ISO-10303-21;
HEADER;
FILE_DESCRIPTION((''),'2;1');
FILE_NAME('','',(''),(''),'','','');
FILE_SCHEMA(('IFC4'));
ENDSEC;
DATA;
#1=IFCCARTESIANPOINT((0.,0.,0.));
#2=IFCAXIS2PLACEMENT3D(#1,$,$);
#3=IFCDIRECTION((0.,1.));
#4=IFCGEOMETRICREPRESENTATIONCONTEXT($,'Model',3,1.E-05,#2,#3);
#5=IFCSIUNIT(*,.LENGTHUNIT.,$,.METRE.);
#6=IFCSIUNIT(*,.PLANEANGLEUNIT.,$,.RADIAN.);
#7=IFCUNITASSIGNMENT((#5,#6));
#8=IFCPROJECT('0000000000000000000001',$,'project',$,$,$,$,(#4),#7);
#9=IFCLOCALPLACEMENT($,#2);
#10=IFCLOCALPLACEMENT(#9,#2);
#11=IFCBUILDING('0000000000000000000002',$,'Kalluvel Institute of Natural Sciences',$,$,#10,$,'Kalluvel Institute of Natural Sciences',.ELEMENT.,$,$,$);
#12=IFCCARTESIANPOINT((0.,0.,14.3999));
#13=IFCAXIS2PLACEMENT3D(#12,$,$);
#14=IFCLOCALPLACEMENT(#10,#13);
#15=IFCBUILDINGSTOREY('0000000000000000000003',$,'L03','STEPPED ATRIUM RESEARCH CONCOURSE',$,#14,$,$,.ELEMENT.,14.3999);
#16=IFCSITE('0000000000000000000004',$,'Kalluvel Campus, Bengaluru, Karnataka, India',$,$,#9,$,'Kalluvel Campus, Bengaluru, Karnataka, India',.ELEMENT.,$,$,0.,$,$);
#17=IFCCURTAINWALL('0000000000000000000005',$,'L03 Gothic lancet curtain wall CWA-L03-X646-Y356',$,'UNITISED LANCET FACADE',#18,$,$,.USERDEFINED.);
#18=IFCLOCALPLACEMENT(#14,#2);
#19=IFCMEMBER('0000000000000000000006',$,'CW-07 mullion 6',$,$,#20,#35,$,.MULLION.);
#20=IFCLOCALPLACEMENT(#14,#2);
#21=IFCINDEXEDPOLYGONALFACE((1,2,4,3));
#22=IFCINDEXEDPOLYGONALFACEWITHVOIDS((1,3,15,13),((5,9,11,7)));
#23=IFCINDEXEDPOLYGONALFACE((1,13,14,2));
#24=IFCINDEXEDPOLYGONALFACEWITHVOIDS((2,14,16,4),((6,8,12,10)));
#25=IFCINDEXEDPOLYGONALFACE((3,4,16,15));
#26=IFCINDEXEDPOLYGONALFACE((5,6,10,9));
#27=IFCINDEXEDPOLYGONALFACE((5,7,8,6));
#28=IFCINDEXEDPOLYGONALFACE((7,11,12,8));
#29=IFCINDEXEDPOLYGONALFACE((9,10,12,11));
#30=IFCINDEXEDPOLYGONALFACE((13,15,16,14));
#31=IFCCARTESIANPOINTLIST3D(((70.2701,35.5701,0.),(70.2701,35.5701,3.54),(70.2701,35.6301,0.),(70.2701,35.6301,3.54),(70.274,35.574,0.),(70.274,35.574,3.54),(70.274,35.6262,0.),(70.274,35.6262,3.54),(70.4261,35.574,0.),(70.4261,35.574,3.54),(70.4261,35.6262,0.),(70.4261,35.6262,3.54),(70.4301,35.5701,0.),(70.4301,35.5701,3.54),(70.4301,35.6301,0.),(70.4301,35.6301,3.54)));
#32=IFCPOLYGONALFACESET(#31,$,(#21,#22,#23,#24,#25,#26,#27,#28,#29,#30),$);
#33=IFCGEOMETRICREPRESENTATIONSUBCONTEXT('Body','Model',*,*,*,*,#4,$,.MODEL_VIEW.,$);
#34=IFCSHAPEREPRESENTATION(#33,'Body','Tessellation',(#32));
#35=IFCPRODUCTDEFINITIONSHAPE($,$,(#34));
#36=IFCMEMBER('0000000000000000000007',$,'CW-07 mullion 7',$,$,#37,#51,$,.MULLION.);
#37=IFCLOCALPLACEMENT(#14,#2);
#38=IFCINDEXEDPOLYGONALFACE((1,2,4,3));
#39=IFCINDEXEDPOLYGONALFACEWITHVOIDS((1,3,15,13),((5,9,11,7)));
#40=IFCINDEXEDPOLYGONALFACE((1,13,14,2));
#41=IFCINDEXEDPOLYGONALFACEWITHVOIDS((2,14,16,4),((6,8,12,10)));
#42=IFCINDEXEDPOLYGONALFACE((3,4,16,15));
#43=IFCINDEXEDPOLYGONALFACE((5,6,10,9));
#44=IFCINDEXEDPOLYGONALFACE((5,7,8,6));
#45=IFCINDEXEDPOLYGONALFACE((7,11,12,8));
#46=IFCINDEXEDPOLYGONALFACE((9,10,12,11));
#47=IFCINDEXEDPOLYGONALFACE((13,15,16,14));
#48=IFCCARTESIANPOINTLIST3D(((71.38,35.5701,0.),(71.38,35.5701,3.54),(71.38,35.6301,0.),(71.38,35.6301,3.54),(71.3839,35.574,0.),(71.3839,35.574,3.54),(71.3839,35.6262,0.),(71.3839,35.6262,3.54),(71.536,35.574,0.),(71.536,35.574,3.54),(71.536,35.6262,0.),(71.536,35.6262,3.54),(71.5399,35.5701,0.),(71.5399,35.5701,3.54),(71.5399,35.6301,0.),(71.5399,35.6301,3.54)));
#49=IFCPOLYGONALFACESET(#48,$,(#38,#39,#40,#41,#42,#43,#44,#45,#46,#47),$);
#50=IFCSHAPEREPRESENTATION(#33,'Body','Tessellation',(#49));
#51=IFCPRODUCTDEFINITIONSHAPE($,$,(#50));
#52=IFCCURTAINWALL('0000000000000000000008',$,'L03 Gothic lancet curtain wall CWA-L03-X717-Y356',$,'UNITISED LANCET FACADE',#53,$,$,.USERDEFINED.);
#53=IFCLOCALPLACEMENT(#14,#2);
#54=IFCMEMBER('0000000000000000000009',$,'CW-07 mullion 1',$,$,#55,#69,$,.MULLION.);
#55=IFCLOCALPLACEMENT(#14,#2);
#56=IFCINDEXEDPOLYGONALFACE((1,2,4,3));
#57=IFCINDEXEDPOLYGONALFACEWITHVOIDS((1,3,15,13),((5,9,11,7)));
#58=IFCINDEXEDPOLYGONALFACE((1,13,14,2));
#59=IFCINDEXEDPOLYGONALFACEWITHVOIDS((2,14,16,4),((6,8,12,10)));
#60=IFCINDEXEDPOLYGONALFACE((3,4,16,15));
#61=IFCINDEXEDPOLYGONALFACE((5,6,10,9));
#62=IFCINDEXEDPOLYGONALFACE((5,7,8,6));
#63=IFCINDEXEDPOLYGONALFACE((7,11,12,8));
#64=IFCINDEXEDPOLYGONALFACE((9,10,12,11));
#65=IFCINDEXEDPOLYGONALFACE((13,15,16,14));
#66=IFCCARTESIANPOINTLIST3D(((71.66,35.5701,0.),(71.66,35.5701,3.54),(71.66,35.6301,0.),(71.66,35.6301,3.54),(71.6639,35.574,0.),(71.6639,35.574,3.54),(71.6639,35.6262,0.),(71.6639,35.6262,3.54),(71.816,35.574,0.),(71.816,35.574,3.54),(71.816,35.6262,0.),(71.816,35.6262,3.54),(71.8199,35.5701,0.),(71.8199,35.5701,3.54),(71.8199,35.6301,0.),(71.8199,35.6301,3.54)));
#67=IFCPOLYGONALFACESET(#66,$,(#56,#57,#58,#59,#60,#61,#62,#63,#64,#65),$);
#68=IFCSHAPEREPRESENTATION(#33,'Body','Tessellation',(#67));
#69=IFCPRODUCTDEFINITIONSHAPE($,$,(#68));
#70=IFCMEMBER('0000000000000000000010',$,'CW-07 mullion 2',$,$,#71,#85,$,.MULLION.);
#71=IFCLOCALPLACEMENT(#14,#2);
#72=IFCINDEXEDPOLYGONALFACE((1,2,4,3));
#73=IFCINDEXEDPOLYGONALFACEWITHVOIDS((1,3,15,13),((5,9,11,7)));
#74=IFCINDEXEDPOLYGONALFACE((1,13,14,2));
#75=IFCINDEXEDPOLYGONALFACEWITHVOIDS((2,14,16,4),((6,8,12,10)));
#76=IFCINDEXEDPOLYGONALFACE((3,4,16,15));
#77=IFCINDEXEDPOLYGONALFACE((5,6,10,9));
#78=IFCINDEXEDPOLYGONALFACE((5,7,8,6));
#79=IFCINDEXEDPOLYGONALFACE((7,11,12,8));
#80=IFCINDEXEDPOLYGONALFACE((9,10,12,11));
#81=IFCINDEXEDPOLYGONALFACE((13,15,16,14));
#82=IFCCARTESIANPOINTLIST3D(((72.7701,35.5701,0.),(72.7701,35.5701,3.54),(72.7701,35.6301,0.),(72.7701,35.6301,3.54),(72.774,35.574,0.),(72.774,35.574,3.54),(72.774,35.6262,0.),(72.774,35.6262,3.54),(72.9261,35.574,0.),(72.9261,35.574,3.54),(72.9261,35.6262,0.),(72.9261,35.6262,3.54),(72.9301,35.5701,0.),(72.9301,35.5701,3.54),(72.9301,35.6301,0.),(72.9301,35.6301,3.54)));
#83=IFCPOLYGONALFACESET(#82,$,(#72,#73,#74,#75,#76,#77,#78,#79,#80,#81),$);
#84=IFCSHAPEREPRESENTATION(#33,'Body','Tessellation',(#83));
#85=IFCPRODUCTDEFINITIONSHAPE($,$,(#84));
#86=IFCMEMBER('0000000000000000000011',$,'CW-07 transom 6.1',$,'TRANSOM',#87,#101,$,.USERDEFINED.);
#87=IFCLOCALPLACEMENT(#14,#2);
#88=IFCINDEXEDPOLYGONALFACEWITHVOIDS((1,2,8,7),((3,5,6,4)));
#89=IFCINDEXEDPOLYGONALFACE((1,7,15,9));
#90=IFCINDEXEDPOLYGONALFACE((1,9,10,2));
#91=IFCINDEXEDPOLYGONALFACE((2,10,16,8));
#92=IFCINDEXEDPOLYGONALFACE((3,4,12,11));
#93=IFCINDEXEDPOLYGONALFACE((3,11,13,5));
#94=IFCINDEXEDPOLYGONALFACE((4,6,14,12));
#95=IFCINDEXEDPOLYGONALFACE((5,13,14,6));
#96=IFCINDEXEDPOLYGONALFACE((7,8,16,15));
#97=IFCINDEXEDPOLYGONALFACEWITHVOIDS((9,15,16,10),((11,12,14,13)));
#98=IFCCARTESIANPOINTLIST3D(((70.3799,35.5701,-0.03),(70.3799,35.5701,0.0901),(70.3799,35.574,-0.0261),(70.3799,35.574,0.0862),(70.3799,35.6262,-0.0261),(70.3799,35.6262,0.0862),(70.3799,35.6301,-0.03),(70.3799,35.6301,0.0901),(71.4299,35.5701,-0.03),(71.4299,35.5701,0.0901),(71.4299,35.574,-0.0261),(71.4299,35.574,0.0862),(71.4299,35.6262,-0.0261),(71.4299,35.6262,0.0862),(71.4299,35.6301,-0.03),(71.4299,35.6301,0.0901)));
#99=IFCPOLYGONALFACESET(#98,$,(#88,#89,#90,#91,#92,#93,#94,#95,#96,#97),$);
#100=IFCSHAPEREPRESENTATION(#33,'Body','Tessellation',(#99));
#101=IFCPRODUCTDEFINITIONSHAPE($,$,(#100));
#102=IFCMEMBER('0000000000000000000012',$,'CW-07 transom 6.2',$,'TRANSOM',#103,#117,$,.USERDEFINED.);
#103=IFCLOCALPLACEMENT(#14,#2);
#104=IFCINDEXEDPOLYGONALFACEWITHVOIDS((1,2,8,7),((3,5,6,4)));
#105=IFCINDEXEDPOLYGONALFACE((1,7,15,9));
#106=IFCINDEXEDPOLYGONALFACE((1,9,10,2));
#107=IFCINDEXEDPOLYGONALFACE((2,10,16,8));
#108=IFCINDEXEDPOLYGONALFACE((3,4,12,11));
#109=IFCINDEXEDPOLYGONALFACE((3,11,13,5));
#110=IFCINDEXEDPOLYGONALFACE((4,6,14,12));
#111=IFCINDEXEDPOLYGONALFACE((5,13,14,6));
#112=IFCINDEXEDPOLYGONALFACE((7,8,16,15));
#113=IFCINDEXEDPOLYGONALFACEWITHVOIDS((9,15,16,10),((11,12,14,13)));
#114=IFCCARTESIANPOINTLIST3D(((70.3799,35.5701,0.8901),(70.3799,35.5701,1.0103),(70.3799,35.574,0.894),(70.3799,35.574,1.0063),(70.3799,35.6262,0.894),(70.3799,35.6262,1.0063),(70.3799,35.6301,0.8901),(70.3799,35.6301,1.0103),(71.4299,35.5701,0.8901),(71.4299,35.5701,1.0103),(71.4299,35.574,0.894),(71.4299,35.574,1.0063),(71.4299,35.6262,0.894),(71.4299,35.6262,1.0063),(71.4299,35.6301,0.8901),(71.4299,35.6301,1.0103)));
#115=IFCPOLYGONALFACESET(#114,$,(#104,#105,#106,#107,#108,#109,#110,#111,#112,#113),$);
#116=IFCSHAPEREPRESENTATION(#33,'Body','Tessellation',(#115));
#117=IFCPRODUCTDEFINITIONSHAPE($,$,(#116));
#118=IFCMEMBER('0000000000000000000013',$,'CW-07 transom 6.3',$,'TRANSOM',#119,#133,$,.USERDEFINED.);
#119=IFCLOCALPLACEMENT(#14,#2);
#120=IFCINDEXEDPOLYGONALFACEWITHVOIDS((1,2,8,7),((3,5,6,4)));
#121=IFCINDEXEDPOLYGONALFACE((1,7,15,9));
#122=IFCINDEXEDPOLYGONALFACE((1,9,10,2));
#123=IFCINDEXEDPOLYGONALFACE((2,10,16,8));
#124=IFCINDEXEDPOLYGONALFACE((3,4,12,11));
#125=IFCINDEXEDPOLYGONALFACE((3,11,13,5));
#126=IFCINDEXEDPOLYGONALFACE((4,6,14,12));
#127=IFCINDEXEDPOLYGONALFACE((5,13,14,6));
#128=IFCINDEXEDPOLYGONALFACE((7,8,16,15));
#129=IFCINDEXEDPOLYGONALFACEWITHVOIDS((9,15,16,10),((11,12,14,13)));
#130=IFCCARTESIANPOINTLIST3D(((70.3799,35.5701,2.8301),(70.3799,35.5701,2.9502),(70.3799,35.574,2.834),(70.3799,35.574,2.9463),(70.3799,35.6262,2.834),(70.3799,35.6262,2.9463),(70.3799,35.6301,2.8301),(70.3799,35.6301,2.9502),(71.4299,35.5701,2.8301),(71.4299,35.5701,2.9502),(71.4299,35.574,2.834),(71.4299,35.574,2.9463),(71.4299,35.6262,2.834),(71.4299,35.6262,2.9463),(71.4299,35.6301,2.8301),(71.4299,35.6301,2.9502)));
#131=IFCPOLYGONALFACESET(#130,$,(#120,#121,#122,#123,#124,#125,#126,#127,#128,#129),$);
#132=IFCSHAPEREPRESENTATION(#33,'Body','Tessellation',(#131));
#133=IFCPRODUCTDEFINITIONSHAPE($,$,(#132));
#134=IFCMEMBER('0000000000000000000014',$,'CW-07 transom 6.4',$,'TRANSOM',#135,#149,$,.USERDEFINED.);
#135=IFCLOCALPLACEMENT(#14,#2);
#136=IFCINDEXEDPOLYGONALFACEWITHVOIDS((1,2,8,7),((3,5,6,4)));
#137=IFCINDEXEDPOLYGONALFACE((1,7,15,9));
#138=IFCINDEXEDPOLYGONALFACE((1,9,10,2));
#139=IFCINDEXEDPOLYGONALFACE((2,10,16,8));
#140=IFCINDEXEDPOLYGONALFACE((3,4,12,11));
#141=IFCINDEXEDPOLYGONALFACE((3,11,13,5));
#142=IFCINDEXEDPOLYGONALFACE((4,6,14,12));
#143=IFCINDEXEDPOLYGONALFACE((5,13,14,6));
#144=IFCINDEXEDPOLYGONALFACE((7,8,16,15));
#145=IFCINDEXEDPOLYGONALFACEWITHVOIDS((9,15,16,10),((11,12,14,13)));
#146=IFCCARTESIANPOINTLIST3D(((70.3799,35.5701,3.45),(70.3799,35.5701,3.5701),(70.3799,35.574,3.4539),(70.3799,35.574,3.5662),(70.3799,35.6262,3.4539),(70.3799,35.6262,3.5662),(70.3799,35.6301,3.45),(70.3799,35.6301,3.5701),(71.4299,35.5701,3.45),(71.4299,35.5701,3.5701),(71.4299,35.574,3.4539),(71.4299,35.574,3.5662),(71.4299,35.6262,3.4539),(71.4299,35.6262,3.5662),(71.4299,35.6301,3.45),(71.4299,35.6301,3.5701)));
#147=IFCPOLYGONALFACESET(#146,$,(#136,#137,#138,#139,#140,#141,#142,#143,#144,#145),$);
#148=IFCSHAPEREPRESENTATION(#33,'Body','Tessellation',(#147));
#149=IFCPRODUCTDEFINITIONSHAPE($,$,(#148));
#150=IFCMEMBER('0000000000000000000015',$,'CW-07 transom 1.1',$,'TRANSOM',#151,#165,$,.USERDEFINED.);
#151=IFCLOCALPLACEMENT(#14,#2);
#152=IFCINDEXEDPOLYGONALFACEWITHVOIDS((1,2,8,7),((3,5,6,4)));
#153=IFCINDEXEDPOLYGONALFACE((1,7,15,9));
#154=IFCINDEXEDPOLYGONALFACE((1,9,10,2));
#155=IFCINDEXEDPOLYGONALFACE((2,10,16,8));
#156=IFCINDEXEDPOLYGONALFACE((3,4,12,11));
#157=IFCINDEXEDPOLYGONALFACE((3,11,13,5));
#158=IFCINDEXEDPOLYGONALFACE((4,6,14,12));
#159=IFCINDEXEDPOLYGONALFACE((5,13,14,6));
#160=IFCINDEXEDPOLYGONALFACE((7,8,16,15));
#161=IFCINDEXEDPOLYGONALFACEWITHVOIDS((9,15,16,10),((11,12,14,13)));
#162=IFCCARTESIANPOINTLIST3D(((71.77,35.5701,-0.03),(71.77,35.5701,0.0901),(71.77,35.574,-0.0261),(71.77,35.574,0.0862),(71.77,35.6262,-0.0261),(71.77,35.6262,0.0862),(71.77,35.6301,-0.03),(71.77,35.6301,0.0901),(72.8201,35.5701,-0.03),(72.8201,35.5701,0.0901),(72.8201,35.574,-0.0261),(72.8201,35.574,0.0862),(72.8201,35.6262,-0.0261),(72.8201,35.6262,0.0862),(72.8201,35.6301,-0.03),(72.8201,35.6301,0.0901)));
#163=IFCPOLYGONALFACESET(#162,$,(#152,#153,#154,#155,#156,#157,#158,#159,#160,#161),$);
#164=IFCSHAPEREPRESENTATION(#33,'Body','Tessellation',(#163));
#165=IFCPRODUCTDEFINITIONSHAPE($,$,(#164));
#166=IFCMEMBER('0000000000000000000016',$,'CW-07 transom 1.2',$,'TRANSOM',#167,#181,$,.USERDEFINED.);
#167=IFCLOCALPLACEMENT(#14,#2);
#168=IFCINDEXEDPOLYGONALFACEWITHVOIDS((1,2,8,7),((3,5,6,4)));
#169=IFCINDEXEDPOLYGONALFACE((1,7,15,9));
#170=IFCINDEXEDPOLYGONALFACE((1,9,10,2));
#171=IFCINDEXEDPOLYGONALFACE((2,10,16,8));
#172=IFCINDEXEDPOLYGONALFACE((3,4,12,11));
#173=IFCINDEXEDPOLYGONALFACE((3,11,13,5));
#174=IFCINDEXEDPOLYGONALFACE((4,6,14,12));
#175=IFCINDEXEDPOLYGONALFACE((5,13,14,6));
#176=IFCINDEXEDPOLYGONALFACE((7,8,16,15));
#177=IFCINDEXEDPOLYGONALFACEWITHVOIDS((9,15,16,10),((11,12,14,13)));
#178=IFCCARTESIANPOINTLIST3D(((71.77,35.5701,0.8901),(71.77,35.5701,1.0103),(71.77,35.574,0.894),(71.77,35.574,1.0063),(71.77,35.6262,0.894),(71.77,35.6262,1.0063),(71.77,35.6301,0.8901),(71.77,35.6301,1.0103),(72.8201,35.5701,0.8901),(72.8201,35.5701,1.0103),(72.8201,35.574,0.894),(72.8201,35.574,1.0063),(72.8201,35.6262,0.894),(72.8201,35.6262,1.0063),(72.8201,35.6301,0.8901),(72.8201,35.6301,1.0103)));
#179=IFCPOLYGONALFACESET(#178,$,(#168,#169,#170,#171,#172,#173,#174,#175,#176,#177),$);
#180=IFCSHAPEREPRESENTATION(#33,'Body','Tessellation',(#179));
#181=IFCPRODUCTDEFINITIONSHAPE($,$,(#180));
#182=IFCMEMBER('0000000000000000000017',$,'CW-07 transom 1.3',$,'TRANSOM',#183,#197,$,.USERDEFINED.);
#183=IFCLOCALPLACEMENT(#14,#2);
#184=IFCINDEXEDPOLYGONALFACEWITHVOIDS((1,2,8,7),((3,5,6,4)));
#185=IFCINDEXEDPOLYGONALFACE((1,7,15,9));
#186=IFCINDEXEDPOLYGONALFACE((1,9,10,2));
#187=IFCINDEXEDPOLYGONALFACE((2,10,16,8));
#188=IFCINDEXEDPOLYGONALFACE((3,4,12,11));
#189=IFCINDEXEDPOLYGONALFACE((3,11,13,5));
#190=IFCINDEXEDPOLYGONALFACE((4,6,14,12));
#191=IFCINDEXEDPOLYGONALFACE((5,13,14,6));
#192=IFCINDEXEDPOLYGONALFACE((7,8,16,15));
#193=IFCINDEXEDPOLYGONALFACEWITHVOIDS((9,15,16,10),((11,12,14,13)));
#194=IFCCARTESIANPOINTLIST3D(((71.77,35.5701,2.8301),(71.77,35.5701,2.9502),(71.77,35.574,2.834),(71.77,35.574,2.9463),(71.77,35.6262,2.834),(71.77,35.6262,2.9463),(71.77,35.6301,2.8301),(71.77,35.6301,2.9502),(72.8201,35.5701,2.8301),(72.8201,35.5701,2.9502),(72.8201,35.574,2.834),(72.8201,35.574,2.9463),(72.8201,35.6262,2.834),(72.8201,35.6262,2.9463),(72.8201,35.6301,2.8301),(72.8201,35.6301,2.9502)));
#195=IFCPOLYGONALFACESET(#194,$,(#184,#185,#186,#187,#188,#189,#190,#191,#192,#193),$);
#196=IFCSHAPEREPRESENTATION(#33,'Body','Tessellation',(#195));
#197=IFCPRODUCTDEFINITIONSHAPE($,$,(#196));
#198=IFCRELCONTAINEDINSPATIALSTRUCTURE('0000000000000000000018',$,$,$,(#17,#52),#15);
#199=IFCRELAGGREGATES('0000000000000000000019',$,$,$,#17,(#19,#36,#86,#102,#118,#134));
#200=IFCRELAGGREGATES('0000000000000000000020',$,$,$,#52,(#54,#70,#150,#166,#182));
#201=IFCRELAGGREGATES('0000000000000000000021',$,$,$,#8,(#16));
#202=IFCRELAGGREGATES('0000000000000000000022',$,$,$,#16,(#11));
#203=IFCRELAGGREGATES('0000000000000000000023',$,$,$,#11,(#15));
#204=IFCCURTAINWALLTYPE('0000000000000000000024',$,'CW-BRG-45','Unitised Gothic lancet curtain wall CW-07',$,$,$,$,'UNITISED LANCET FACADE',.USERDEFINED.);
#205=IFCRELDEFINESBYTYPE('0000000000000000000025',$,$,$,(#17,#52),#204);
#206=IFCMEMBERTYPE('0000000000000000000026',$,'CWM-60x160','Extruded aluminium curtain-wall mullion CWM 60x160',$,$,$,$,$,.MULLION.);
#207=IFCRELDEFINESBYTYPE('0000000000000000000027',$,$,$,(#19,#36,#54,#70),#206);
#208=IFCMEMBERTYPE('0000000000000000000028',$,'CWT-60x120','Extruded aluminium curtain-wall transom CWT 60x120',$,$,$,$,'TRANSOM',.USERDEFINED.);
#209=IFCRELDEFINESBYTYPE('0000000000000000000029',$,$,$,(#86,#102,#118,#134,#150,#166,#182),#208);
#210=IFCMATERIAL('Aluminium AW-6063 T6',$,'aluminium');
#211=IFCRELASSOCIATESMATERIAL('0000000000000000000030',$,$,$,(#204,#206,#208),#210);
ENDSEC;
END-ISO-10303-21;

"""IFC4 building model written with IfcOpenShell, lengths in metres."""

from ifc_helpers import new_model, si_unit, direction, frame, origin, origin_2d, place, context, subcontext, project, spatial, hollow_rectangle, extrude, material, material_profile, profile_set, type_object, element, aggregate, save


model = new_model("IFC4")

# Units and contexts
model_context = context("Model", 3, precision=1e-05, world=origin(), true_north=direction((0.0, 1.0)))
body_context = subcontext(model_context, "Body", "Model", "MODEL_VIEW")
ifc_project = project(units=[si_unit("LENGTHUNIT", "METRE"), si_unit("PLANEANGLEUNIT", "RADIAN")], contexts=[model_context])

# Site, building, storey
site_placement = place(None, origin())
site = spatial("IfcSite", under=ifc_project, at=site_placement, Name="Kalluvel Campus, Bengaluru, Karnataka, India", LongName="Kalluvel Campus, Bengaluru, Karnataka, India", CompositionType="ELEMENT", RefElevation=0.0)
building_placement = place(site_placement, origin())
building = spatial("IfcBuilding", under=site, at=building_placement, Name="Kalluvel Institute of Natural Sciences", LongName="Kalluvel Institute of Natural Sciences", CompositionType="ELEMENT")
storey_placement = place(building_placement, frame((0.0, 0.0, 14.3999)))
storey = spatial("IfcBuildingStorey", under=building, at=storey_placement, Name="L03", Description="STEPPED ATRIUM RESEARCH CONCOURSE", CompositionType="ELEMENT", Elevation=14.3999)

# Curtain walls, members
ifc_material_1 = material(Name="Aluminium AW-6063 T6", Category="aluminium")
curtain_wall_type = type_object("IfcCurtainWallType", Name="CW-BRG-45", Description="Unitised Gothic lancet curtain wall CW-07", ElementType="UNITISED LANCET FACADE", PredefinedType="USERDEFINED", material=ifc_material_1)
curtain_wall_1_placement = place(storey_placement, origin())
curtain_wall_1 = element("IfcCurtainWall", 1, at=curtain_wall_1_placement, inside=storey, type_object=curtain_wall_type, Name="L03 Gothic lancet curtain wall CWA-L03-X646-Y356", ObjectType="UNITISED LANCET FACADE", PredefinedType="USERDEFINED")
ifc_material_profile_1 = material_profile(ifc_material_1, hollow_rectangle(XDim=0.0601, YDim=0.1599, WallThickness=0.0039, at=origin_2d()), Name="CWM 60x160")
ifc_profile_set_1 = profile_set([ifc_material_profile_1], Name="Aluminium AW-6063 T6")
member_type_1 = type_object("IfcMemberType", Name="CWM-60x160", Description="Extruded aluminium curtain-wall mullion CWM 60x160", PredefinedType="MULLION", material=ifc_profile_set_1)
member_1_placement = place(storey_placement, frame((70.3501, 35.6001, 0.0), z_axis=(0.0, 0.0, 1.0), x_axis=(0.0, 1.0, 0.0)))
member_1 = element("IfcMember", 2, at=member_1_placement, type_object=member_type_1, Name="CW-07 mullion 6", PredefinedType="MULLION", context=body_context, shape_type="SweptSolid", body=[
    extrude(hollow_rectangle(XDim=0.0601, YDim=0.1599, WallThickness=0.0039, at=origin_2d()), origin(), (0.0, 0.0, 1.0), 3.54),
])
member_2_placement = place(storey_placement, frame((71.46, 35.6001, 0.0), z_axis=(0.0, 0.0, 1.0), x_axis=(0.0, 1.0, 0.0)))
member_2 = element("IfcMember", 3, at=member_2_placement, type_object=member_type_1, Name="CW-07 mullion 7", PredefinedType="MULLION", context=body_context, shape_type="SweptSolid", body=[
    extrude(hollow_rectangle(XDim=0.0601, YDim=0.1599, WallThickness=0.0039, at=origin_2d()), origin(), (0.0, 0.0, 1.0), 3.54),
])
curtain_wall_2_placement = place(storey_placement, origin())
curtain_wall_2 = element("IfcCurtainWall", 4, at=curtain_wall_2_placement, inside=storey, type_object=curtain_wall_type, Name="L03 Gothic lancet curtain wall CWA-L03-X717-Y356", ObjectType="UNITISED LANCET FACADE", PredefinedType="USERDEFINED")
member_3_placement = place(storey_placement, frame((71.74, 35.6001, 0.0), z_axis=(0.0, 0.0, 1.0), x_axis=(0.0, 1.0, 0.0)))
member_3 = element("IfcMember", 5, at=member_3_placement, type_object=member_type_1, Name="CW-07 mullion 1", PredefinedType="MULLION", context=body_context, shape_type="SweptSolid", body=[
    extrude(hollow_rectangle(XDim=0.0601, YDim=0.1599, WallThickness=0.0039, at=origin_2d()), origin(), (0.0, 0.0, 1.0), 3.54),
])
member_4_placement = place(storey_placement, frame((72.8501, 35.6001, 0.0), z_axis=(0.0, 0.0, 1.0), x_axis=(0.0, 1.0, 0.0)))
member_4 = element("IfcMember", 6, at=member_4_placement, type_object=member_type_1, Name="CW-07 mullion 2", PredefinedType="MULLION", context=body_context, shape_type="SweptSolid", body=[
    extrude(hollow_rectangle(XDim=0.0601, YDim=0.1599, WallThickness=0.0039, at=origin_2d()), origin(), (0.0, 0.0, 1.0), 3.54),
])

# Members
ifc_material_profile_2 = material_profile(ifc_material_1, hollow_rectangle(XDim=0.0601, YDim=0.1201, WallThickness=0.0039, at=origin_2d()), Name="CWT 60x120")
ifc_profile_set_2 = profile_set([ifc_material_profile_2], Name="Aluminium AW-6063 T6")
member_type_2 = type_object("IfcMemberType", Name="CWT-60x120", Description="Extruded aluminium curtain-wall transom CWT 60x120", ElementType="TRANSOM", PredefinedType="USERDEFINED", material=ifc_profile_set_2)
member_5_placement = place(storey_placement, frame((70.3799, 35.6001, 0.03), z_axis=(1.0, 0.0, 0.0), x_axis=(0.0, 1.0, 0.0)))
member_5 = element("IfcMember", 7, at=member_5_placement, type_object=member_type_2, Name="CW-07 transom 6.1", ObjectType="TRANSOM", PredefinedType="USERDEFINED", context=body_context, shape_type="SweptSolid", body=[
    extrude(hollow_rectangle(XDim=0.0601, YDim=0.1201, WallThickness=0.0039, at=origin_2d()), origin(), (0.0, 0.0, 1.0), 1.05),
])
member_6_placement = place(storey_placement, frame((70.3799, 35.6001, 0.9502), z_axis=(1.0, 0.0, 0.0), x_axis=(0.0, 1.0, 0.0)))
member_6 = element("IfcMember", 8, at=member_6_placement, type_object=member_type_2, Name="CW-07 transom 6.2", ObjectType="TRANSOM", PredefinedType="USERDEFINED", context=body_context, shape_type="SweptSolid", body=[
    extrude(hollow_rectangle(XDim=0.0601, YDim=0.1201, WallThickness=0.0039, at=origin_2d()), origin(), (0.0, 0.0, 1.0), 1.05),
])
member_7_placement = place(storey_placement, frame((70.3799, 35.6001, 2.8901), z_axis=(1.0, 0.0, 0.0), x_axis=(0.0, 1.0, 0.0)))
member_7 = element("IfcMember", 9, at=member_7_placement, type_object=member_type_2, Name="CW-07 transom 6.3", ObjectType="TRANSOM", PredefinedType="USERDEFINED", context=body_context, shape_type="SweptSolid", body=[
    extrude(hollow_rectangle(XDim=0.0601, YDim=0.1201, WallThickness=0.0039, at=origin_2d()), origin(), (0.0, 0.0, 1.0), 1.05),
])
member_8_placement = place(storey_placement, frame((70.3799, 35.6001, 3.51), z_axis=(1.0, 0.0, 0.0), x_axis=(0.0, 1.0, 0.0)))
member_8 = element("IfcMember", 10, at=member_8_placement, type_object=member_type_2, Name="CW-07 transom 6.4", ObjectType="TRANSOM", PredefinedType="USERDEFINED", context=body_context, shape_type="SweptSolid", body=[
    extrude(hollow_rectangle(XDim=0.0601, YDim=0.1201, WallThickness=0.0039, at=origin_2d()), origin(), (0.0, 0.0, 1.0), 1.05),
])
member_9_placement = place(storey_placement, frame((71.77, 35.6001, 0.03), z_axis=(1.0, 0.0, 0.0), x_axis=(0.0, 1.0, 0.0)))
member_9 = element("IfcMember", 11, at=member_9_placement, type_object=member_type_2, Name="CW-07 transom 1.1", ObjectType="TRANSOM", PredefinedType="USERDEFINED", context=body_context, shape_type="SweptSolid", body=[
    extrude(hollow_rectangle(XDim=0.0601, YDim=0.1201, WallThickness=0.0039, at=origin_2d()), origin(), (0.0, 0.0, 1.0), 1.05),
])
member_10_placement = place(storey_placement, frame((71.77, 35.6001, 0.9502), z_axis=(1.0, 0.0, 0.0), x_axis=(0.0, 1.0, 0.0)))
member_10 = element("IfcMember", 12, at=member_10_placement, type_object=member_type_2, Name="CW-07 transom 1.2", ObjectType="TRANSOM", PredefinedType="USERDEFINED", context=body_context, shape_type="SweptSolid", body=[
    extrude(hollow_rectangle(XDim=0.0601, YDim=0.1201, WallThickness=0.0039, at=origin_2d()), origin(), (0.0, 0.0, 1.0), 1.05),
])
member_11_placement = place(storey_placement, frame((71.77, 35.6001, 2.8901), z_axis=(1.0, 0.0, 0.0), x_axis=(0.0, 1.0, 0.0)))
member_11 = element("IfcMember", 13, at=member_11_placement, type_object=member_type_2, Name="CW-07 transom 1.3", ObjectType="TRANSOM", PredefinedType="USERDEFINED", context=body_context, shape_type="SweptSolid", body=[
    extrude(hollow_rectangle(XDim=0.0601, YDim=0.1201, WallThickness=0.0039, at=origin_2d()), origin(), (0.0, 0.0, 1.0), 1.05),
])

aggregate(curtain_wall_1, [member_1, member_2, member_5, member_6, member_7, member_8])
aggregate(curtain_wall_2, [member_3, member_4, member_9, member_10, member_11])

save(model, "model.ifc")
